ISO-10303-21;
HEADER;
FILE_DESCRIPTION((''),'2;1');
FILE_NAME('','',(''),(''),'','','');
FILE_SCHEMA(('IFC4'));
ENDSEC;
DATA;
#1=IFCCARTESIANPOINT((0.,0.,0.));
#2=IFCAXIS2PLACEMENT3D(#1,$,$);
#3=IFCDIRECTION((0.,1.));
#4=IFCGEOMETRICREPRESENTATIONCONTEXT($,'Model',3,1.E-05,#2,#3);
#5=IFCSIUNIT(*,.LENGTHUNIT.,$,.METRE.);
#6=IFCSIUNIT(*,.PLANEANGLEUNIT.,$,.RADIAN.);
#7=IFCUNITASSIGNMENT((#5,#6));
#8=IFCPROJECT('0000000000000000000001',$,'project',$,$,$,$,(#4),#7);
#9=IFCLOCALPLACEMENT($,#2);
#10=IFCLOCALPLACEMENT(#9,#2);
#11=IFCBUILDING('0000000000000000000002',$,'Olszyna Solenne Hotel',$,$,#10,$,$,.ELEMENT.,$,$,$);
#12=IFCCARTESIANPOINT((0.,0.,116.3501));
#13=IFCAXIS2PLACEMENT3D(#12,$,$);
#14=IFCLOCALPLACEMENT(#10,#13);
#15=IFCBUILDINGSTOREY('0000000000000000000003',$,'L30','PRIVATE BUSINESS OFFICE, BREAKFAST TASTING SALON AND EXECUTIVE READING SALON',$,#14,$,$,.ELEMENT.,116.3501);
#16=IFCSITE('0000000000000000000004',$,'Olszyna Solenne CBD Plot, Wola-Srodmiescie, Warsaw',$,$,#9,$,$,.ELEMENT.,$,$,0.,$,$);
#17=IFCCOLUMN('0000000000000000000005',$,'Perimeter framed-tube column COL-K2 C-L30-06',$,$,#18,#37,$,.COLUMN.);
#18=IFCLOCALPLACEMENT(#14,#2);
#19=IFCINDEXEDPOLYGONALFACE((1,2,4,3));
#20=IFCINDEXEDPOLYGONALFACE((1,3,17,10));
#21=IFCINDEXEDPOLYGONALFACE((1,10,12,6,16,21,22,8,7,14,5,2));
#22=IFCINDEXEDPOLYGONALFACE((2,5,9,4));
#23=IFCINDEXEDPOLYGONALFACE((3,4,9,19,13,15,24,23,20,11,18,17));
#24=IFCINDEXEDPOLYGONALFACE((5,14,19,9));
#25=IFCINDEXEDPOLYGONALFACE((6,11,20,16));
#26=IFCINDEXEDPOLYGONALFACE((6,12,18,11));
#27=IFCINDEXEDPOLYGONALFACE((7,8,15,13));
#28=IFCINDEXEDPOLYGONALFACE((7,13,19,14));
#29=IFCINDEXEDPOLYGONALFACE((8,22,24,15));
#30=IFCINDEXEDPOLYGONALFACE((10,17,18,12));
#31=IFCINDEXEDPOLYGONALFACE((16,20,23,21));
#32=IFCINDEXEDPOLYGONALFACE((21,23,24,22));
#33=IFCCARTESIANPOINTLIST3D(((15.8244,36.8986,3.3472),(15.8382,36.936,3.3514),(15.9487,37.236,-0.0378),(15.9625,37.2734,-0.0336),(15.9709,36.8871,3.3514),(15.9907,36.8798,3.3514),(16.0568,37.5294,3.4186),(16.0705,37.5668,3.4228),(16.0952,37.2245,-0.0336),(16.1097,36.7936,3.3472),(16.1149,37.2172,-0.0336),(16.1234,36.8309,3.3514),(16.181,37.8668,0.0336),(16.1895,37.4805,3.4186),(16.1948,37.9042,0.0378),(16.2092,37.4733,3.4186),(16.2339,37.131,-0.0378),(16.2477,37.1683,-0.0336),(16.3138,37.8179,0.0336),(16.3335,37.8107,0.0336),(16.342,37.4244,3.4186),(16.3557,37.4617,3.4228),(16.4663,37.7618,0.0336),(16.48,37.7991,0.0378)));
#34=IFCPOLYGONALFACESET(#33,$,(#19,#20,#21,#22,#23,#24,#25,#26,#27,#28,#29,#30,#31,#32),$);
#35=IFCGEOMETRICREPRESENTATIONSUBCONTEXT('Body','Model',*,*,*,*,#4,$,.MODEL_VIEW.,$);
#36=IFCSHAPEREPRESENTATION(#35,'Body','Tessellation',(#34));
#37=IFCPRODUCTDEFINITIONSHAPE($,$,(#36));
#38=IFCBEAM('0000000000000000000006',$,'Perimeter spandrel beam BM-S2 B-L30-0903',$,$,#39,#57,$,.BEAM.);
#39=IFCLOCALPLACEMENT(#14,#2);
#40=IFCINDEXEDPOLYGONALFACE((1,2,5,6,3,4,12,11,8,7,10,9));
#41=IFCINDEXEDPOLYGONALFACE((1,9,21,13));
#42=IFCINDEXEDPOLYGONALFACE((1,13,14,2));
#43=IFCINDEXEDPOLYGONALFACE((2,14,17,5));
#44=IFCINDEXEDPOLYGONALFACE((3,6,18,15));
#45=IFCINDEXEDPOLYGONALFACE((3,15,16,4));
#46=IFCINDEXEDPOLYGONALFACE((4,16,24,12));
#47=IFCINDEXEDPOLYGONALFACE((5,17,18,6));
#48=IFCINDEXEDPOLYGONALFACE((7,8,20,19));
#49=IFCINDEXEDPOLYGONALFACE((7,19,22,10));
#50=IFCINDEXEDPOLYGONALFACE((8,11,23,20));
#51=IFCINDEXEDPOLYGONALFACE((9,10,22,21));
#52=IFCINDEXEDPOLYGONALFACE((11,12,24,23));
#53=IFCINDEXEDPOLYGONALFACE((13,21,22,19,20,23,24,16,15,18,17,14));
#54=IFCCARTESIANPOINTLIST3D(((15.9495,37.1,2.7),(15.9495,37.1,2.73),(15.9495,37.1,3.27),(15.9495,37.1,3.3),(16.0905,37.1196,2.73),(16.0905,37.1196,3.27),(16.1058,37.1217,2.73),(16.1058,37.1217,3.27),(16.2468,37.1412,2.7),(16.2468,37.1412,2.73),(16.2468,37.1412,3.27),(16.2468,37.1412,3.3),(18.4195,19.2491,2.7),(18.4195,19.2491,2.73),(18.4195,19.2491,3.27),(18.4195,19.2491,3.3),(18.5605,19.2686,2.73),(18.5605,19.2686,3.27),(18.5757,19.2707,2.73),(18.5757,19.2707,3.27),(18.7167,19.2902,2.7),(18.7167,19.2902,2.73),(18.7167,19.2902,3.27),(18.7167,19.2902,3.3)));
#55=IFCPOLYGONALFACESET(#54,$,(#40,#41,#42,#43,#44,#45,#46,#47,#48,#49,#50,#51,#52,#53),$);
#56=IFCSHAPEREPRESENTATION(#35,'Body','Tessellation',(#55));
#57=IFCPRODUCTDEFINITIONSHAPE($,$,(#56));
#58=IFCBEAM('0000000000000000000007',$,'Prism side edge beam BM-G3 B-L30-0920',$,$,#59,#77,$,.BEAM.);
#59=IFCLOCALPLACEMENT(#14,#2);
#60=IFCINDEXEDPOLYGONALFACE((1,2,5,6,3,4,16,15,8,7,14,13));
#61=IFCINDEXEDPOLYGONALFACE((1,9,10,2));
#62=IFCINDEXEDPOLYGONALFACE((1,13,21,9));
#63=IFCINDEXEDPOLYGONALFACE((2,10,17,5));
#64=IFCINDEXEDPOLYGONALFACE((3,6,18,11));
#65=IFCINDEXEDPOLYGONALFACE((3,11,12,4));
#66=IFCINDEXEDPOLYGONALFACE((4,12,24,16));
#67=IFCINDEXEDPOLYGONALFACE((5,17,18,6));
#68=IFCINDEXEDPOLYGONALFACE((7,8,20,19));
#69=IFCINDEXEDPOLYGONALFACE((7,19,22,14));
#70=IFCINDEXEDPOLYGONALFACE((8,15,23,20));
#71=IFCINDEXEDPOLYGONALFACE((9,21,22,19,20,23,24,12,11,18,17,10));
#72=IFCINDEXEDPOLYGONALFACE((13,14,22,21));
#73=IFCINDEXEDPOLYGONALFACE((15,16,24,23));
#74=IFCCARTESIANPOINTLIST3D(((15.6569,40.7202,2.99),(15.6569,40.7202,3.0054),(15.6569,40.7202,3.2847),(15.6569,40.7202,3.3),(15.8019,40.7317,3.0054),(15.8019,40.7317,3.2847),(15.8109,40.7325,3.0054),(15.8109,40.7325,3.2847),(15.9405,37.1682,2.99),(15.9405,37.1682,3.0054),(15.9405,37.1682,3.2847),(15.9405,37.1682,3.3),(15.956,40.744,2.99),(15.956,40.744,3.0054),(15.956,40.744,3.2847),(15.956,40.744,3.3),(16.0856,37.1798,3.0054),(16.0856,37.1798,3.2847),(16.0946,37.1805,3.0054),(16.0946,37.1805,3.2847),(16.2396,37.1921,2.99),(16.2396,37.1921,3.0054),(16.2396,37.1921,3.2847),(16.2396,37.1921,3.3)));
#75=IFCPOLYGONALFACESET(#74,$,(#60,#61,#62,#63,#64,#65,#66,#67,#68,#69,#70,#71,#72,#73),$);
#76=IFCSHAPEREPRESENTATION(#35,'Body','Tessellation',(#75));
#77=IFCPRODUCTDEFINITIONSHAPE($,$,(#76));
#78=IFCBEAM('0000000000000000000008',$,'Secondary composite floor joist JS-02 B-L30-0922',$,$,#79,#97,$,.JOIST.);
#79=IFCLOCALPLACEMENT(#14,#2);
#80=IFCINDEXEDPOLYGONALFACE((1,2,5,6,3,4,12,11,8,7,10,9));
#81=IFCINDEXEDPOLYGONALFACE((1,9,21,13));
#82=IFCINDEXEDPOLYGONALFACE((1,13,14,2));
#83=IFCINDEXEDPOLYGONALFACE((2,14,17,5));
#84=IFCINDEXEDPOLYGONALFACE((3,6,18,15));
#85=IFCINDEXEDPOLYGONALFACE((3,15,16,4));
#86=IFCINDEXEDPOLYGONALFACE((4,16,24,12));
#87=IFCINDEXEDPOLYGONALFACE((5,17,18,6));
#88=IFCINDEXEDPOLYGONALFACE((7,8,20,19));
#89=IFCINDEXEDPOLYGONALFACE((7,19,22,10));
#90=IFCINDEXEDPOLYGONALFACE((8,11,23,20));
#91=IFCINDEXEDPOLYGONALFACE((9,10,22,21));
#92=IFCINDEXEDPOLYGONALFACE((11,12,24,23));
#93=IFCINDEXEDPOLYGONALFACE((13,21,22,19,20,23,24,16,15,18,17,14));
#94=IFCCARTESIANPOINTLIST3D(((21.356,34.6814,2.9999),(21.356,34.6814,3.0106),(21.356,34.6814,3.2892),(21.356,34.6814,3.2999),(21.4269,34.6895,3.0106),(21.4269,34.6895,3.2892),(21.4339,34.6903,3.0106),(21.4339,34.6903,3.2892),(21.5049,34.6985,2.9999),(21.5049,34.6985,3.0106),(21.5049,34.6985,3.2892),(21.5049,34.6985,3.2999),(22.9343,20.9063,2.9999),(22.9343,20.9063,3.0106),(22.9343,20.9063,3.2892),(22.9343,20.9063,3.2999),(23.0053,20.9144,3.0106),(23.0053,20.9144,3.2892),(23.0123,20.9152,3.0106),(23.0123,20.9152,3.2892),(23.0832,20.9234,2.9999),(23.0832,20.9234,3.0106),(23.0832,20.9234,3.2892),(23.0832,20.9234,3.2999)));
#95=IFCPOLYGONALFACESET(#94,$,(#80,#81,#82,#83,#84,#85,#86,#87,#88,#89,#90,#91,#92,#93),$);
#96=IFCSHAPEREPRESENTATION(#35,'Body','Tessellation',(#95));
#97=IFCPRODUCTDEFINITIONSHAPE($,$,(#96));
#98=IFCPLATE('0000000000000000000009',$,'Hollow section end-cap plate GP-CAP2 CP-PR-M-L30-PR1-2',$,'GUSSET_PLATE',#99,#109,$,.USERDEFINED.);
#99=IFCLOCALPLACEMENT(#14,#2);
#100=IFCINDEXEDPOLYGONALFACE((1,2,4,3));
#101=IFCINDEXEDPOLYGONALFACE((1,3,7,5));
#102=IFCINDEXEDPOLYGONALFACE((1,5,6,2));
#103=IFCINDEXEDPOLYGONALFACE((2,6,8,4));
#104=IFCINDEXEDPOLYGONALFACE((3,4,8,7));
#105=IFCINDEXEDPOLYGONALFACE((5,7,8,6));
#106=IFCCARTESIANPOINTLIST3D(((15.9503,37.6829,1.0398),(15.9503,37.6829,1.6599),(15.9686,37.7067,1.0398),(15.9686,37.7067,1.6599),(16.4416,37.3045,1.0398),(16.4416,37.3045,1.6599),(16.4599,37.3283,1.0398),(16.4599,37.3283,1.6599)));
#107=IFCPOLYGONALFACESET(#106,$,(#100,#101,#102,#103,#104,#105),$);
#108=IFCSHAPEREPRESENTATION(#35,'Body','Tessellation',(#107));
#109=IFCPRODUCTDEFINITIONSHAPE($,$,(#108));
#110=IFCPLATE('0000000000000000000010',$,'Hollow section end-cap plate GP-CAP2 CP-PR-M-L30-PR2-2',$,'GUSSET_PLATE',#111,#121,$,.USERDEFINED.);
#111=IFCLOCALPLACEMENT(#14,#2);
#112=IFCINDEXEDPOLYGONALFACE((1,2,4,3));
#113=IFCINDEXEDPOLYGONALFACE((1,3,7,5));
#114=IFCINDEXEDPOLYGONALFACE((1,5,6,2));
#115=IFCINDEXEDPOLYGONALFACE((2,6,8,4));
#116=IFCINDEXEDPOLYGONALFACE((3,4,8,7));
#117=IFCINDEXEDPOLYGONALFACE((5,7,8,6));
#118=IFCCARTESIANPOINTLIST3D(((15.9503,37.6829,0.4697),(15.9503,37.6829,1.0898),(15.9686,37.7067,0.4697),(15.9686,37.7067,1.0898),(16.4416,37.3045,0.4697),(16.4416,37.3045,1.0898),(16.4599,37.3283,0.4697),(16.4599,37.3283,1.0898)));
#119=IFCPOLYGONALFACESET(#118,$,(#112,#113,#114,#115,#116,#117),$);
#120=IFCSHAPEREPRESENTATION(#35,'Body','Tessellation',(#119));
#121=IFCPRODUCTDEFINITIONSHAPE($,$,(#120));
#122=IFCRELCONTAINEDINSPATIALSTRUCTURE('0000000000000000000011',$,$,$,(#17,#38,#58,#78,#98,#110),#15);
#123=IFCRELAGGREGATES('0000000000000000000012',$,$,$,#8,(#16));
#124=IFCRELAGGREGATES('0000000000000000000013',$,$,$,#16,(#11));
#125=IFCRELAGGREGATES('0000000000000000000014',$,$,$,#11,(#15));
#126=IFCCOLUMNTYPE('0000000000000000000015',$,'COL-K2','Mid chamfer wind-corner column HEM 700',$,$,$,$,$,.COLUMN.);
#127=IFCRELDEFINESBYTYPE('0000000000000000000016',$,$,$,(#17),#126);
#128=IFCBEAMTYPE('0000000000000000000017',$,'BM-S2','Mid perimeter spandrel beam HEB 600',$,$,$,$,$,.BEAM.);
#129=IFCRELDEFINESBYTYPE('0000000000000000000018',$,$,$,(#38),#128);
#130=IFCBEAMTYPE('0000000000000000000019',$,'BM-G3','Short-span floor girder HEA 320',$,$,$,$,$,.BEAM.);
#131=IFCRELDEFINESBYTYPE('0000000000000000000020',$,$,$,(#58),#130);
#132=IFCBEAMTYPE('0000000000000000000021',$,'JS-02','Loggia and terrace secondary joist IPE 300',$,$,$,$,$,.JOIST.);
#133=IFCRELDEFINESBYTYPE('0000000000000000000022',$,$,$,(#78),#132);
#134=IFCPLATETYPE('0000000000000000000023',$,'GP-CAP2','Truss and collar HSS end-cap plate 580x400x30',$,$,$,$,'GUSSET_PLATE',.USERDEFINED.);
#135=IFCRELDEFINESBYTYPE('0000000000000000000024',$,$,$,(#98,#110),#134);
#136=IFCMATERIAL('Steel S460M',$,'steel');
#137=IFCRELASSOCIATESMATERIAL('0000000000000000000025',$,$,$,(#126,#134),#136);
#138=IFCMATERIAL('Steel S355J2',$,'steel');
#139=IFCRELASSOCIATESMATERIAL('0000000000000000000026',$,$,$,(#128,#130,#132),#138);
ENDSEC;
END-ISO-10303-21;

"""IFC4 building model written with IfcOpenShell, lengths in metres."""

from ifc_helpers import new_model, si_unit, direction, frame, origin, origin_2d, place, context, subcontext, project, spatial, rectangle, i_section, extrude, source, transform, mapped, material, material_profile, profile_set, type_object, element, save


model = new_model("IFC4")

# Units and contexts
model_context = context("Model", 3, precision=1e-05, world=origin(), true_north=direction((0.0, 1.0)))
body_context = subcontext(model_context, "Body", "Model", "MODEL_VIEW")
ifc_project = project(units=[si_unit("LENGTHUNIT", "METRE"), si_unit("PLANEANGLEUNIT", "RADIAN")], contexts=[model_context])

# Site, building, storey
site_placement = place(None, origin())
site = spatial("IfcSite", under=ifc_project, at=site_placement, Name="Olszyna Solenne CBD Plot, Wola-Srodmiescie, Warsaw", CompositionType="ELEMENT", RefElevation=0.0)
building_placement = place(site_placement, origin())
building = spatial("IfcBuilding", under=site, at=building_placement, Name="Olszyna Solenne Hotel", CompositionType="ELEMENT")
storey_placement = place(building_placement, frame((0.0, 0.0, 116.3501)))
storey = spatial("IfcBuildingStorey", under=building, at=storey_placement, Name="L30", Description="PRIVATE BUSINESS OFFICE, BREAKFAST TASTING SALON AND EXECUTIVE READING SALON", CompositionType="ELEMENT", Elevation=116.3501)

# Column
ifc_material_1 = material(Name="Steel S460M", Category="steel")
ifc_material_profile_1 = material_profile(ifc_material_1, i_section(OverallWidth=0.304, OverallDepth=0.7161, WebThickness=0.021, FlangeThickness=0.04, at=origin_2d()), Name="HEM 700", Category="load-bearing")
ifc_profile_set_1 = profile_set([ifc_material_profile_1], Name="Steel S460M")
column_type = type_object("IfcColumnType", Name="COL-K2", Description="Mid chamfer wind-corner column HEM 700", PredefinedType="COLUMN", material=ifc_profile_set_1)
shared_shape_1 = source(origin(), body_context, "Body", "SweptSolid", [
    extrude(i_section(OverallWidth=0.304, OverallDepth=0.7161, WebThickness=0.021, FlangeThickness=0.04, at=origin_2d()), origin(), (0.0, 0.0, 1.0), 3.4041),
])
column_placement = place(storey_placement, frame((16.2144, 37.5176, 0.0), z_axis=(-0.036506, -0.099118, 0.994406), x_axis=(0.938378, -0.345611, 0.0)))
element("IfcColumn", 1, at=column_placement, inside=storey, type_object=column_type, Name="Perimeter framed-tube column COL-K2 C-L30-06", PredefinedType="COLUMN", context=body_context, shape_type="MappedRepresentation", body=[
    mapped(shared_shape_1, transform((0.0, 0.0, 0.0), x_axis=(1.0, 0.0, 0.0), y_axis=(0.0, 1.0, 0.0), z_axis=(0.0, 0.0, 1.0), scale=1.0)),
])

# Beams
ifc_material_2 = material(Name="Steel S355J2", Category="steel")
ifc_material_profile_2 = material_profile(ifc_material_2, i_section(OverallWidth=0.3, OverallDepth=0.6001, WebThickness=0.0154, FlangeThickness=0.03, at=origin_2d()), Name="HEB 600", Category="load-bearing")
ifc_profile_set_2 = profile_set([ifc_material_profile_2], Name="Steel S355J2")
beam_type_1 = type_object("IfcBeamType", Name="BM-S2", Description="Mid perimeter spandrel beam HEB 600", PredefinedType="BEAM", material=ifc_profile_set_2)
shared_shape_2 = source(origin(), body_context, "Body", "SweptSolid", [
    extrude(i_section(OverallWidth=0.3, OverallDepth=0.6001, WebThickness=0.0154, FlangeThickness=0.03, at=origin_2d()), origin(), (0.0, 0.0, 1.0), 18.021),
])
beam_1_placement = place(storey_placement, frame((16.0981, 37.1206, 3.0), z_axis=(0.137061, -0.990563, 0.0), x_axis=(0.990563, 0.137061, 0.0)))
element("IfcBeam", 2, at=beam_1_placement, inside=storey, type_object=beam_type_1, Name="Perimeter spandrel beam BM-S2 B-L30-0903", PredefinedType="BEAM", context=body_context, shape_type="MappedRepresentation", body=[
    mapped(shared_shape_2, transform((0.0, 0.0, 0.0), x_axis=(1.0, 0.0, 0.0), y_axis=(0.0, 1.0, 0.0), z_axis=(0.0, 0.0, 1.0), scale=1.0)),
])
ifc_material_profile_3 = material_profile(ifc_material_2, i_section(OverallWidth=0.3, OverallDepth=0.3101, WebThickness=0.009, FlangeThickness=0.0154, at=origin_2d()), Name="HEA 320", Category="load-bearing")
ifc_profile_set_3 = profile_set([ifc_material_profile_3], Name="Steel S355J2")
beam_type_2 = type_object("IfcBeamType", Name="BM-G3", Description="Short-span floor girder HEA 320", PredefinedType="BEAM", material=ifc_profile_set_3)
shared_shape_3 = source(origin(), body_context, "Body", "SweptSolid", [
    extrude(i_section(OverallWidth=0.3, OverallDepth=0.3101, WebThickness=0.009, FlangeThickness=0.0154, at=origin_2d()), origin(), (0.0, 0.0, 1.0), 3.5632),
])
beam_2_placement = place(storey_placement, frame((16.0901, 37.1802, 3.145), z_axis=(-0.079615, 0.996826, 0.0), x_axis=(-0.996826, -0.079615, 0.0)))
element("IfcBeam", 3, at=beam_2_placement, inside=storey, type_object=beam_type_2, Name="Prism side edge beam BM-G3 B-L30-0920", PredefinedType="BEAM", context=body_context, shape_type="MappedRepresentation", body=[
    mapped(shared_shape_3, transform((0.0, 0.0, 0.0), x_axis=(1.0, 0.0, 0.0), y_axis=(0.0, 1.0, 0.0), z_axis=(0.0, 0.0, 1.0), scale=1.0)),
])
ifc_material_profile_4 = material_profile(ifc_material_2, i_section(OverallWidth=0.1499, OverallDepth=0.3, WebThickness=0.0071, FlangeThickness=0.0107, at=origin_2d()), Name="IPE 300", Category="load-bearing")
ifc_profile_set_4 = profile_set([ifc_material_profile_4], Name="Steel S355J2")
beam_type_3 = type_object("IfcBeamType", Name="JS-02", Description="Loggia and terrace secondary joist IPE 300", PredefinedType="JOIST", material=ifc_profile_set_4)
shared_shape_4 = source(origin(), body_context, "Body", "SweptSolid", [
    extrude(i_section(OverallWidth=0.1499, OverallDepth=0.3, WebThickness=0.0071, FlangeThickness=0.0107, at=origin_2d()), origin(), (0.0, 0.0, 1.0), 13.8652),
])
beam_3_placement = place(storey_placement, frame((21.4304, 34.6899, 3.1499), z_axis=(0.113836, -0.9935, 0.0), x_axis=(0.9935, 0.113836, 0.0)))
element("IfcBeam", 4, at=beam_3_placement, inside=storey, type_object=beam_type_3, Name="Secondary composite floor joist JS-02 B-L30-0922", PredefinedType="JOIST", context=body_context, shape_type="MappedRepresentation", body=[
    mapped(shared_shape_4, transform((0.0, 0.0, 0.0), x_axis=(1.0, 0.0, 0.0), y_axis=(0.0, 1.0, 0.0), z_axis=(0.0, 0.0, 1.0), scale=1.0)),
])

# Plates
plate_type = type_object("IfcPlateType", Name="GP-CAP2", Description="Truss and collar HSS end-cap plate 580x400x30", ElementType="GUSSET_PLATE", PredefinedType="USERDEFINED", material=ifc_material_1)
shared_shape_5 = source(origin(), body_context, "Body", "SweptSolid", [
    extrude(rectangle(XDim=0.03, YDim=0.6201, at=origin_2d()), origin(), (0.0, 0.0, 1.0), 0.6201),
])
for number, where, z_axis, x_axis, name in (
    (5, (16.2051, 37.5056, 1.0398), (0.0, 0.0, 1.0), (-0.610145, -0.79229, 0.0), "Hollow section end-cap plate GP-CAP2 CP-PR-M-L30-PR1-2"),
    (6, (16.2051, 37.5056, 0.4697), (0.0, 0.0, 1.0), (-0.610145, -0.79229, 0.0), "Hollow section end-cap plate GP-CAP2 CP-PR-M-L30-PR2-2"),
):
    element("IfcPlate", number, at=place(storey_placement, frame(where, z_axis=z_axis, x_axis=x_axis)), inside=storey, type_object=plate_type, Name=name, ObjectType="GUSSET_PLATE", PredefinedType="USERDEFINED", context=body_context, shape_type="MappedRepresentation", body=[
        mapped(shared_shape_5, transform((0.0, 0.0, 0.0), x_axis=(1.0, 0.0, 0.0), y_axis=(0.0, 1.0, 0.0), z_axis=(0.0, 0.0, 1.0), scale=1.0)),
    ])

save(model, "model.ifc")
